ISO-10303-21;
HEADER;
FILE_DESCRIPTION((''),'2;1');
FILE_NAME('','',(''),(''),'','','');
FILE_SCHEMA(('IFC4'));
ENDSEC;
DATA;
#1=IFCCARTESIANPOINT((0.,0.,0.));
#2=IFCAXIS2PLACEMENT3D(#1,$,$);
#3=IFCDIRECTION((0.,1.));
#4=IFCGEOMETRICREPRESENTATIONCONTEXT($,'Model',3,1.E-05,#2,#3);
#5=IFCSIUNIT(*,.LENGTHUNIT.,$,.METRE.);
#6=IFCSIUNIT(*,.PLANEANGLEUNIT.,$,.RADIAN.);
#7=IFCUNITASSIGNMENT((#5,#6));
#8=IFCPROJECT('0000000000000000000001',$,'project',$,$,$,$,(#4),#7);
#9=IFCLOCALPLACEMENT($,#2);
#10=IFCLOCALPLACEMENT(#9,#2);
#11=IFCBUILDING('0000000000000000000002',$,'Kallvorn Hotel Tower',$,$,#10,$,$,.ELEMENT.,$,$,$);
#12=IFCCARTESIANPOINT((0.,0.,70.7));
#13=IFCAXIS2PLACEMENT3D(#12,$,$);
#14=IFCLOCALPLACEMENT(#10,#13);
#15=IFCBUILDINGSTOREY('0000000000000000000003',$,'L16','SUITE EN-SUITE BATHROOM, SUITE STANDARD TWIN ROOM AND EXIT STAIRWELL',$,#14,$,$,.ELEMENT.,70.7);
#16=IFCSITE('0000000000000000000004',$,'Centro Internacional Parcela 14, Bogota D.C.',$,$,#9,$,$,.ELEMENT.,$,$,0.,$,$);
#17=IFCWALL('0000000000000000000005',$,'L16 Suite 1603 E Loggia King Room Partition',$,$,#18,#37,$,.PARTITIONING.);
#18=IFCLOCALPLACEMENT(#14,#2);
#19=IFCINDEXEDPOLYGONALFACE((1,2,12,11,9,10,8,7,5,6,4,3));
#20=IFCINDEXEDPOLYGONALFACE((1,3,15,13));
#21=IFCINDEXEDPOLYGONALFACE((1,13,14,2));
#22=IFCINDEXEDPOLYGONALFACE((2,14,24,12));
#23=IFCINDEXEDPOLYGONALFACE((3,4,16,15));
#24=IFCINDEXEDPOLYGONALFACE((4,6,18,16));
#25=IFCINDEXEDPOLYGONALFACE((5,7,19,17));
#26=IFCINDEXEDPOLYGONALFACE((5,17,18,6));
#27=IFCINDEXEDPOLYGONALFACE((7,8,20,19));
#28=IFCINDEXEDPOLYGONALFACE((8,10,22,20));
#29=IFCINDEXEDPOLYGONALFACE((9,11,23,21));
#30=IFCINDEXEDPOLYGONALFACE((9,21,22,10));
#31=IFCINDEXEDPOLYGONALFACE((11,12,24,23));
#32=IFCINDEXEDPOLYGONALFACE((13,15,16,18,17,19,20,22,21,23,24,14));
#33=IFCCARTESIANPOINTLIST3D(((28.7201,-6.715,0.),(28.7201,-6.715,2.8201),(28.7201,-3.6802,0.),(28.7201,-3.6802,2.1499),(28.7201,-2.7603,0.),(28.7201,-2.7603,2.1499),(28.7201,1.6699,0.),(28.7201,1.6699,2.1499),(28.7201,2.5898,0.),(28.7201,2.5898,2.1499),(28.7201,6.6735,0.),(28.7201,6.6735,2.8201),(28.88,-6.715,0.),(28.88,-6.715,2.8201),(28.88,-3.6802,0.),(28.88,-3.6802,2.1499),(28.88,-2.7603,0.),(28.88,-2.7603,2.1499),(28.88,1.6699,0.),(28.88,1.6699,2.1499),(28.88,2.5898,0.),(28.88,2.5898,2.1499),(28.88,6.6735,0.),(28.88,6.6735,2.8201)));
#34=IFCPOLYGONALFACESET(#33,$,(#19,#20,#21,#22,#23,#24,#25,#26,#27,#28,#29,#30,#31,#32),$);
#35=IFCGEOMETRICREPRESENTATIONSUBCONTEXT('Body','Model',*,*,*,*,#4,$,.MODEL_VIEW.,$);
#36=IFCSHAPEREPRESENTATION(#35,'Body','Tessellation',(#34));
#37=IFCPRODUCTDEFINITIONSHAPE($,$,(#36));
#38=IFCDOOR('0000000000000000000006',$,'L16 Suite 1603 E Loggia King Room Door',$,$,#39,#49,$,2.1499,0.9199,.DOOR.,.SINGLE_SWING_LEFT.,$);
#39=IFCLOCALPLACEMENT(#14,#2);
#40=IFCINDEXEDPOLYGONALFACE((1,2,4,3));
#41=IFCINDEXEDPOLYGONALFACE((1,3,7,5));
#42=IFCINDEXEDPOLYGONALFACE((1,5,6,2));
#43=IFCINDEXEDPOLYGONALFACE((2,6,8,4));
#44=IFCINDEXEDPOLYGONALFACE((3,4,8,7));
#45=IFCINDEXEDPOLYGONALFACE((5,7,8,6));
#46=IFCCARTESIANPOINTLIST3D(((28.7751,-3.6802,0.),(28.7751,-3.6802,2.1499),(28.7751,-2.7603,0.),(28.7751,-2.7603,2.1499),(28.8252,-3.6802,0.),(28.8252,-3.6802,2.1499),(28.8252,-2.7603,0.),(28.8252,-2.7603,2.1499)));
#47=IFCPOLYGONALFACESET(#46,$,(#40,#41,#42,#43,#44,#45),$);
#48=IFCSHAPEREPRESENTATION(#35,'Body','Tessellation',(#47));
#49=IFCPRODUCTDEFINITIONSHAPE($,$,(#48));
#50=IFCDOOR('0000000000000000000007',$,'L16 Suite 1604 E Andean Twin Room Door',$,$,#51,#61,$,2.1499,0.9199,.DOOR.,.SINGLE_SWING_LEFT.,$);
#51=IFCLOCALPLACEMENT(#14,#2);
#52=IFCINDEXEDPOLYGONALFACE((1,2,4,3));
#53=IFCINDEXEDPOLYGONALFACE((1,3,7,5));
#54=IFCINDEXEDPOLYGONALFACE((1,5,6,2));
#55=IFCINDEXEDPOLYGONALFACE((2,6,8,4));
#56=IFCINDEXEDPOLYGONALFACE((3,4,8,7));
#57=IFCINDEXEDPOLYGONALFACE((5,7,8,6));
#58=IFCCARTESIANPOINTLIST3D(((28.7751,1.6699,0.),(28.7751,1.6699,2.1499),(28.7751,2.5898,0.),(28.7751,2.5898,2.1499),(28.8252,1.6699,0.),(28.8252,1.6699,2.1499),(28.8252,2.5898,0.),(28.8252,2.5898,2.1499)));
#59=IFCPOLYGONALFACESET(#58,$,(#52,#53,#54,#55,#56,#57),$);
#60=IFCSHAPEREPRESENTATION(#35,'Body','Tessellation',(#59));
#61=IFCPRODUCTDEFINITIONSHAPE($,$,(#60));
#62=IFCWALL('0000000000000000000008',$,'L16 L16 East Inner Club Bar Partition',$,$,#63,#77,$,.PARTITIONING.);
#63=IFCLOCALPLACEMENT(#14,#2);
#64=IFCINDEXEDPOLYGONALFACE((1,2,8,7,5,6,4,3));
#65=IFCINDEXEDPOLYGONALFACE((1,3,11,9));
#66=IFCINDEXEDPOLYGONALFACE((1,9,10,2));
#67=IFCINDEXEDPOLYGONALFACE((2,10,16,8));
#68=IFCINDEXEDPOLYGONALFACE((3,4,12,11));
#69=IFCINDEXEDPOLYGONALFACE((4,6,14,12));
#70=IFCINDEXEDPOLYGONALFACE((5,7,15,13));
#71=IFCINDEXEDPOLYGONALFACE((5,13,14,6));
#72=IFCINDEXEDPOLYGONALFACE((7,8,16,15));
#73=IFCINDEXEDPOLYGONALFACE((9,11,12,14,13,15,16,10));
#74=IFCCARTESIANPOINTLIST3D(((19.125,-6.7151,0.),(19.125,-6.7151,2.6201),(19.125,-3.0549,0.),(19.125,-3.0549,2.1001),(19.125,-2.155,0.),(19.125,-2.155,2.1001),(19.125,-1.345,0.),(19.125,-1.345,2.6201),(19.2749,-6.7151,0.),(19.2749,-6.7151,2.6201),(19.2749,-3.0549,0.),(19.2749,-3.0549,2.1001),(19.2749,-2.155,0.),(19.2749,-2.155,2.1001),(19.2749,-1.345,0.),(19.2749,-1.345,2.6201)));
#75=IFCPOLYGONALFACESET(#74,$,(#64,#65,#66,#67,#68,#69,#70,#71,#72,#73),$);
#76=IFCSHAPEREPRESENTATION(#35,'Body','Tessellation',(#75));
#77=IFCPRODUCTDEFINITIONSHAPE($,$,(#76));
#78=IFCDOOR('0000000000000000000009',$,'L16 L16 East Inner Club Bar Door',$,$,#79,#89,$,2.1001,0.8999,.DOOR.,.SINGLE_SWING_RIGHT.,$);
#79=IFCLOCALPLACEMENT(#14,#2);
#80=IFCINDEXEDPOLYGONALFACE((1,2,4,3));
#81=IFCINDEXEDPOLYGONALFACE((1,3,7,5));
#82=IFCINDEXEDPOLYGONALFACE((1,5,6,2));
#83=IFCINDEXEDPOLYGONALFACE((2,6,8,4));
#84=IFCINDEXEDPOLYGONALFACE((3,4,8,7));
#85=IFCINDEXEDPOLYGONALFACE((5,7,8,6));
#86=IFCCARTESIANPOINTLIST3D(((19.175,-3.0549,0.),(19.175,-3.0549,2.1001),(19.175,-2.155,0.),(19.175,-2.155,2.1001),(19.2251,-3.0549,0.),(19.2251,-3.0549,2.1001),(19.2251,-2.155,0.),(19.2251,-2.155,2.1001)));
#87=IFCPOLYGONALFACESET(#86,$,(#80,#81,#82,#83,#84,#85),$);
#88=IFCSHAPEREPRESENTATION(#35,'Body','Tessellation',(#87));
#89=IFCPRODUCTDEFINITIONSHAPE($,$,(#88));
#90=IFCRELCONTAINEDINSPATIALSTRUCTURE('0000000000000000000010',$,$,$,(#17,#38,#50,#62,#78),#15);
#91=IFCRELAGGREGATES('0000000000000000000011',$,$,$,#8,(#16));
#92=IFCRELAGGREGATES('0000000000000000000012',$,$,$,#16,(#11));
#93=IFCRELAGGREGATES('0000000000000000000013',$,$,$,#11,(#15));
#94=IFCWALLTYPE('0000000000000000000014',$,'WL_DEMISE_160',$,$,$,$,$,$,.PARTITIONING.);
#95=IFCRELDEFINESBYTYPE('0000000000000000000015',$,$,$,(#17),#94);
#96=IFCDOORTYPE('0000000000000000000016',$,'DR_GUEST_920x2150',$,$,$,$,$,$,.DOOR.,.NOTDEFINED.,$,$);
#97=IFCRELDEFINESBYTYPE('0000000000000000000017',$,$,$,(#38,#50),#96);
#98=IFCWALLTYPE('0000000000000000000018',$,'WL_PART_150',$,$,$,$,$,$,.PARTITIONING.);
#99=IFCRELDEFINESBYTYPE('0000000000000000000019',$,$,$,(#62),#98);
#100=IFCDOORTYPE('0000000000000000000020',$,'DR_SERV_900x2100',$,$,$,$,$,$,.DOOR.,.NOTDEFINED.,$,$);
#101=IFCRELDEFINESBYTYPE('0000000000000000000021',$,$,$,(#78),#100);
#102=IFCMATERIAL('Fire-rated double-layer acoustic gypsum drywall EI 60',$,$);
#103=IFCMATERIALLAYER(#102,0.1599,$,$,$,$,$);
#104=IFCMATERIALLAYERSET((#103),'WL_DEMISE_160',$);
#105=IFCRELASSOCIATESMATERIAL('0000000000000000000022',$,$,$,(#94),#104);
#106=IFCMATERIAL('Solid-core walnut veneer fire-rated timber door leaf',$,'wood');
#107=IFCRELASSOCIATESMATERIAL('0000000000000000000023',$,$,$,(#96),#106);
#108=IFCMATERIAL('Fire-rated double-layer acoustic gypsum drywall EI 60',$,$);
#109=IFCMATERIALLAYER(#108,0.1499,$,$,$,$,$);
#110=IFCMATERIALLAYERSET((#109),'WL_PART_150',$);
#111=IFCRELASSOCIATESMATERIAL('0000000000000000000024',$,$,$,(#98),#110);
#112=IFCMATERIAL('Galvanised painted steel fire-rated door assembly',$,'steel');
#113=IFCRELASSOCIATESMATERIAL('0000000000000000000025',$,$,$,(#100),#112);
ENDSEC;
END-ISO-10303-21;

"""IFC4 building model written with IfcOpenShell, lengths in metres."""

from ifc_helpers import new_model, si_unit, direction, frame, frame_2d, origin, place, context, subcontext, project, spatial, rectangle, extrude, material, layer, layer_set, type_object, element, fill, save


model = new_model("IFC4")

# Units and contexts
model_context = context("Model", 3, precision=1e-05, world=origin(), true_north=direction((0.0, 1.0)))
body_context = subcontext(model_context, "Body", "Model", "MODEL_VIEW")
ifc_project = project(units=[si_unit("LENGTHUNIT", "METRE"), si_unit("PLANEANGLEUNIT", "RADIAN")], contexts=[model_context])

# Site, building, storey
site_placement = place(None, origin())
site = spatial("IfcSite", under=ifc_project, at=site_placement, Name="Centro Internacional Parcela 14, Bogota D.C.", CompositionType="ELEMENT", RefElevation=0.0)
building_placement = place(site_placement, origin())
building = spatial("IfcBuilding", under=site, at=building_placement, Name="Kallvorn Hotel Tower", CompositionType="ELEMENT")
storey_placement = place(building_placement, frame((0.0, 0.0, 70.7)))
storey = spatial("IfcBuildingStorey", under=building, at=storey_placement, Name="L16", Description="SUITE EN-SUITE BATHROOM, SUITE STANDARD TWIN ROOM AND EXIT STAIRWELL", CompositionType="ELEMENT", Elevation=70.7)

# Shared definitions
ifc_material_1 = material(Name="Fire-rated double-layer acoustic gypsum drywall EI 60")
ifc_layer_1 = layer(ifc_material_1, 0.1599)
ifc_layer_set_1 = layer_set([ifc_layer_1], Name="WL_DEMISE_160")
wall_type_1 = type_object("IfcWallType", Name="WL_DEMISE_160", PredefinedType="PARTITIONING", material=ifc_layer_set_1)

# Wall, openings, doors
wall_1_placement = place(storey_placement, frame((28.8, -6.7151, 0.0), z_axis=(0.0, 0.0, 1.0), x_axis=(0.0, 1.0, 0.0)))
wall_1 = element("IfcWall", 1, at=wall_1_placement, inside=storey, type_object=wall_type_1, Name="L16 Suite 1603 E Loggia King Room Partition", PredefinedType="PARTITIONING", context=body_context, shape_type="SweptSolid", body=[
    extrude(rectangle(XDim=13.3884, YDim=0.1599, at=frame_2d((6.6943, 0.0))), origin(), (0.0, 0.0, 1.0), 2.8201),
])
opening_1_placement = place(wall_1_placement, frame((3.0349, 0.0, 0.0)))
opening_1 = element("IfcOpeningElement", 2, at=opening_1_placement, cuts=wall_1, PredefinedType="OPENING", context=body_context, shape_type="SweptSolid", body=[
    extrude(rectangle(XDim=0.9199, YDim=2.1499, at=frame_2d((0.46, 1.075))), frame((0.0, 0.095, 0.0), z_axis=(0.0, -1.0, 0.0), x_axis=(1.0, 0.0, 0.0)), (0.0, 0.0, 1.0), 0.1899),
])
opening_2_placement = place(wall_1_placement, frame((8.385, 0.0, 0.0)))
opening_2 = element("IfcOpeningElement", 3, at=opening_2_placement, cuts=wall_1, PredefinedType="OPENING", context=body_context, shape_type="SweptSolid", body=[
    extrude(rectangle(XDim=0.9199, YDim=2.1499, at=frame_2d((0.46, 1.075))), frame((0.0, 0.095, 0.0), z_axis=(0.0, -1.0, 0.0), x_axis=(1.0, 0.0, 0.0)), (0.0, 0.0, 1.0), 0.1899),
])
ifc_material_2 = material(Name="Solid-core walnut veneer fire-rated timber door leaf", Category="wood")
door_type_1 = type_object("IfcDoorType", Name="DR_GUEST_920x2150", OperationType="NOTDEFINED", PredefinedType="DOOR", material=ifc_material_2)
door_1_placement = place(opening_1_placement, origin())
door_1 = element("IfcDoor", 4, at=door_1_placement, inside=storey, type_object=door_type_1, Name="L16 Suite 1603 E Loggia King Room Door", OperationType="SINGLE_SWING_LEFT", OverallHeight=2.1499, OverallWidth=0.9199, PredefinedType="DOOR", context=body_context, shape_type="SweptSolid", body=[
    extrude(rectangle(XDim=0.9199, YDim=2.1499, at=frame_2d((0.46, 1.075))), frame((0.0, 0.0249, 0.0), z_axis=(0.0, -1.0, 0.0), x_axis=(1.0, 0.0, 0.0)), (0.0, 0.0, 1.0), 0.05),
])
fill(opening_1, door_1)
door_2_placement = place(opening_2_placement, origin())
door_2 = element("IfcDoor", 5, at=door_2_placement, inside=storey, type_object=door_type_1, Name="L16 Suite 1604 E Andean Twin Room Door", OperationType="SINGLE_SWING_LEFT", OverallHeight=2.1499, OverallWidth=0.9199, PredefinedType="DOOR", context=body_context, shape_type="SweptSolid", body=[
    extrude(rectangle(XDim=0.9199, YDim=2.1499, at=frame_2d((0.46, 1.075))), frame((0.0, 0.0249, 0.0), z_axis=(0.0, -1.0, 0.0), x_axis=(1.0, 0.0, 0.0)), (0.0, 0.0, 1.0), 0.05),
])
fill(opening_2, door_2)

# Wall, opening, door
ifc_material_3 = material(Name="Fire-rated double-layer acoustic gypsum drywall EI 60")
ifc_layer_2 = layer(ifc_material_3, 0.1499)
ifc_layer_set_2 = layer_set([ifc_layer_2], Name="WL_PART_150")
wall_type_2 = type_object("IfcWallType", Name="WL_PART_150", PredefinedType="PARTITIONING", material=ifc_layer_set_2)
wall_2_placement = place(storey_placement, frame((19.2, -6.7151, 0.0), z_axis=(0.0, 0.0, 1.0), x_axis=(0.0, 1.0, 0.0)))
wall_2 = element("IfcWall", 6, at=wall_2_placement, inside=storey, type_object=wall_type_2, Name="L16 L16 East Inner Club Bar Partition", PredefinedType="PARTITIONING", context=body_context, shape_type="SweptSolid", body=[
    extrude(rectangle(XDim=5.3701, YDim=0.1499, at=frame_2d((2.6851, 0.0))), origin(), (0.0, 0.0, 1.0), 2.6201),
])
opening_3_placement = place(wall_2_placement, frame((3.6602, 0.0, 0.0)))
opening_3 = element("IfcOpeningElement", 7, at=opening_3_placement, cuts=wall_2, PredefinedType="OPENING", context=body_context, shape_type="SweptSolid", body=[
    extrude(rectangle(XDim=0.8999, YDim=2.1001, at=frame_2d((0.45, 1.05))), frame((0.0, 0.0898, 0.0), z_axis=(0.0, -1.0, 0.0), x_axis=(1.0, 0.0, 0.0)), (0.0, 0.0, 1.0), 0.1799),
])
ifc_material_4 = material(Name="Galvanised painted steel fire-rated door assembly", Category="steel")
door_type_2 = type_object("IfcDoorType", Name="DR_SERV_900x2100", OperationType="NOTDEFINED", PredefinedType="DOOR", material=ifc_material_4)
door_3_placement = place(opening_3_placement, origin())
door_3 = element("IfcDoor", 8, at=door_3_placement, inside=storey, type_object=door_type_2, Name="L16 L16 East Inner Club Bar Door", OperationType="SINGLE_SWING_RIGHT", OverallHeight=2.1001, OverallWidth=0.8999, PredefinedType="DOOR", context=body_context, shape_type="SweptSolid", body=[
    extrude(rectangle(XDim=0.8999, YDim=2.1001, at=frame_2d((0.45, 1.05))), frame((0.0, 0.0249, 0.0), z_axis=(0.0, -1.0, 0.0), x_axis=(1.0, 0.0, 0.0)), (0.0, 0.0, 1.0), 0.05),
])
fill(opening_3, door_3)

save(model, "model.ifc")
